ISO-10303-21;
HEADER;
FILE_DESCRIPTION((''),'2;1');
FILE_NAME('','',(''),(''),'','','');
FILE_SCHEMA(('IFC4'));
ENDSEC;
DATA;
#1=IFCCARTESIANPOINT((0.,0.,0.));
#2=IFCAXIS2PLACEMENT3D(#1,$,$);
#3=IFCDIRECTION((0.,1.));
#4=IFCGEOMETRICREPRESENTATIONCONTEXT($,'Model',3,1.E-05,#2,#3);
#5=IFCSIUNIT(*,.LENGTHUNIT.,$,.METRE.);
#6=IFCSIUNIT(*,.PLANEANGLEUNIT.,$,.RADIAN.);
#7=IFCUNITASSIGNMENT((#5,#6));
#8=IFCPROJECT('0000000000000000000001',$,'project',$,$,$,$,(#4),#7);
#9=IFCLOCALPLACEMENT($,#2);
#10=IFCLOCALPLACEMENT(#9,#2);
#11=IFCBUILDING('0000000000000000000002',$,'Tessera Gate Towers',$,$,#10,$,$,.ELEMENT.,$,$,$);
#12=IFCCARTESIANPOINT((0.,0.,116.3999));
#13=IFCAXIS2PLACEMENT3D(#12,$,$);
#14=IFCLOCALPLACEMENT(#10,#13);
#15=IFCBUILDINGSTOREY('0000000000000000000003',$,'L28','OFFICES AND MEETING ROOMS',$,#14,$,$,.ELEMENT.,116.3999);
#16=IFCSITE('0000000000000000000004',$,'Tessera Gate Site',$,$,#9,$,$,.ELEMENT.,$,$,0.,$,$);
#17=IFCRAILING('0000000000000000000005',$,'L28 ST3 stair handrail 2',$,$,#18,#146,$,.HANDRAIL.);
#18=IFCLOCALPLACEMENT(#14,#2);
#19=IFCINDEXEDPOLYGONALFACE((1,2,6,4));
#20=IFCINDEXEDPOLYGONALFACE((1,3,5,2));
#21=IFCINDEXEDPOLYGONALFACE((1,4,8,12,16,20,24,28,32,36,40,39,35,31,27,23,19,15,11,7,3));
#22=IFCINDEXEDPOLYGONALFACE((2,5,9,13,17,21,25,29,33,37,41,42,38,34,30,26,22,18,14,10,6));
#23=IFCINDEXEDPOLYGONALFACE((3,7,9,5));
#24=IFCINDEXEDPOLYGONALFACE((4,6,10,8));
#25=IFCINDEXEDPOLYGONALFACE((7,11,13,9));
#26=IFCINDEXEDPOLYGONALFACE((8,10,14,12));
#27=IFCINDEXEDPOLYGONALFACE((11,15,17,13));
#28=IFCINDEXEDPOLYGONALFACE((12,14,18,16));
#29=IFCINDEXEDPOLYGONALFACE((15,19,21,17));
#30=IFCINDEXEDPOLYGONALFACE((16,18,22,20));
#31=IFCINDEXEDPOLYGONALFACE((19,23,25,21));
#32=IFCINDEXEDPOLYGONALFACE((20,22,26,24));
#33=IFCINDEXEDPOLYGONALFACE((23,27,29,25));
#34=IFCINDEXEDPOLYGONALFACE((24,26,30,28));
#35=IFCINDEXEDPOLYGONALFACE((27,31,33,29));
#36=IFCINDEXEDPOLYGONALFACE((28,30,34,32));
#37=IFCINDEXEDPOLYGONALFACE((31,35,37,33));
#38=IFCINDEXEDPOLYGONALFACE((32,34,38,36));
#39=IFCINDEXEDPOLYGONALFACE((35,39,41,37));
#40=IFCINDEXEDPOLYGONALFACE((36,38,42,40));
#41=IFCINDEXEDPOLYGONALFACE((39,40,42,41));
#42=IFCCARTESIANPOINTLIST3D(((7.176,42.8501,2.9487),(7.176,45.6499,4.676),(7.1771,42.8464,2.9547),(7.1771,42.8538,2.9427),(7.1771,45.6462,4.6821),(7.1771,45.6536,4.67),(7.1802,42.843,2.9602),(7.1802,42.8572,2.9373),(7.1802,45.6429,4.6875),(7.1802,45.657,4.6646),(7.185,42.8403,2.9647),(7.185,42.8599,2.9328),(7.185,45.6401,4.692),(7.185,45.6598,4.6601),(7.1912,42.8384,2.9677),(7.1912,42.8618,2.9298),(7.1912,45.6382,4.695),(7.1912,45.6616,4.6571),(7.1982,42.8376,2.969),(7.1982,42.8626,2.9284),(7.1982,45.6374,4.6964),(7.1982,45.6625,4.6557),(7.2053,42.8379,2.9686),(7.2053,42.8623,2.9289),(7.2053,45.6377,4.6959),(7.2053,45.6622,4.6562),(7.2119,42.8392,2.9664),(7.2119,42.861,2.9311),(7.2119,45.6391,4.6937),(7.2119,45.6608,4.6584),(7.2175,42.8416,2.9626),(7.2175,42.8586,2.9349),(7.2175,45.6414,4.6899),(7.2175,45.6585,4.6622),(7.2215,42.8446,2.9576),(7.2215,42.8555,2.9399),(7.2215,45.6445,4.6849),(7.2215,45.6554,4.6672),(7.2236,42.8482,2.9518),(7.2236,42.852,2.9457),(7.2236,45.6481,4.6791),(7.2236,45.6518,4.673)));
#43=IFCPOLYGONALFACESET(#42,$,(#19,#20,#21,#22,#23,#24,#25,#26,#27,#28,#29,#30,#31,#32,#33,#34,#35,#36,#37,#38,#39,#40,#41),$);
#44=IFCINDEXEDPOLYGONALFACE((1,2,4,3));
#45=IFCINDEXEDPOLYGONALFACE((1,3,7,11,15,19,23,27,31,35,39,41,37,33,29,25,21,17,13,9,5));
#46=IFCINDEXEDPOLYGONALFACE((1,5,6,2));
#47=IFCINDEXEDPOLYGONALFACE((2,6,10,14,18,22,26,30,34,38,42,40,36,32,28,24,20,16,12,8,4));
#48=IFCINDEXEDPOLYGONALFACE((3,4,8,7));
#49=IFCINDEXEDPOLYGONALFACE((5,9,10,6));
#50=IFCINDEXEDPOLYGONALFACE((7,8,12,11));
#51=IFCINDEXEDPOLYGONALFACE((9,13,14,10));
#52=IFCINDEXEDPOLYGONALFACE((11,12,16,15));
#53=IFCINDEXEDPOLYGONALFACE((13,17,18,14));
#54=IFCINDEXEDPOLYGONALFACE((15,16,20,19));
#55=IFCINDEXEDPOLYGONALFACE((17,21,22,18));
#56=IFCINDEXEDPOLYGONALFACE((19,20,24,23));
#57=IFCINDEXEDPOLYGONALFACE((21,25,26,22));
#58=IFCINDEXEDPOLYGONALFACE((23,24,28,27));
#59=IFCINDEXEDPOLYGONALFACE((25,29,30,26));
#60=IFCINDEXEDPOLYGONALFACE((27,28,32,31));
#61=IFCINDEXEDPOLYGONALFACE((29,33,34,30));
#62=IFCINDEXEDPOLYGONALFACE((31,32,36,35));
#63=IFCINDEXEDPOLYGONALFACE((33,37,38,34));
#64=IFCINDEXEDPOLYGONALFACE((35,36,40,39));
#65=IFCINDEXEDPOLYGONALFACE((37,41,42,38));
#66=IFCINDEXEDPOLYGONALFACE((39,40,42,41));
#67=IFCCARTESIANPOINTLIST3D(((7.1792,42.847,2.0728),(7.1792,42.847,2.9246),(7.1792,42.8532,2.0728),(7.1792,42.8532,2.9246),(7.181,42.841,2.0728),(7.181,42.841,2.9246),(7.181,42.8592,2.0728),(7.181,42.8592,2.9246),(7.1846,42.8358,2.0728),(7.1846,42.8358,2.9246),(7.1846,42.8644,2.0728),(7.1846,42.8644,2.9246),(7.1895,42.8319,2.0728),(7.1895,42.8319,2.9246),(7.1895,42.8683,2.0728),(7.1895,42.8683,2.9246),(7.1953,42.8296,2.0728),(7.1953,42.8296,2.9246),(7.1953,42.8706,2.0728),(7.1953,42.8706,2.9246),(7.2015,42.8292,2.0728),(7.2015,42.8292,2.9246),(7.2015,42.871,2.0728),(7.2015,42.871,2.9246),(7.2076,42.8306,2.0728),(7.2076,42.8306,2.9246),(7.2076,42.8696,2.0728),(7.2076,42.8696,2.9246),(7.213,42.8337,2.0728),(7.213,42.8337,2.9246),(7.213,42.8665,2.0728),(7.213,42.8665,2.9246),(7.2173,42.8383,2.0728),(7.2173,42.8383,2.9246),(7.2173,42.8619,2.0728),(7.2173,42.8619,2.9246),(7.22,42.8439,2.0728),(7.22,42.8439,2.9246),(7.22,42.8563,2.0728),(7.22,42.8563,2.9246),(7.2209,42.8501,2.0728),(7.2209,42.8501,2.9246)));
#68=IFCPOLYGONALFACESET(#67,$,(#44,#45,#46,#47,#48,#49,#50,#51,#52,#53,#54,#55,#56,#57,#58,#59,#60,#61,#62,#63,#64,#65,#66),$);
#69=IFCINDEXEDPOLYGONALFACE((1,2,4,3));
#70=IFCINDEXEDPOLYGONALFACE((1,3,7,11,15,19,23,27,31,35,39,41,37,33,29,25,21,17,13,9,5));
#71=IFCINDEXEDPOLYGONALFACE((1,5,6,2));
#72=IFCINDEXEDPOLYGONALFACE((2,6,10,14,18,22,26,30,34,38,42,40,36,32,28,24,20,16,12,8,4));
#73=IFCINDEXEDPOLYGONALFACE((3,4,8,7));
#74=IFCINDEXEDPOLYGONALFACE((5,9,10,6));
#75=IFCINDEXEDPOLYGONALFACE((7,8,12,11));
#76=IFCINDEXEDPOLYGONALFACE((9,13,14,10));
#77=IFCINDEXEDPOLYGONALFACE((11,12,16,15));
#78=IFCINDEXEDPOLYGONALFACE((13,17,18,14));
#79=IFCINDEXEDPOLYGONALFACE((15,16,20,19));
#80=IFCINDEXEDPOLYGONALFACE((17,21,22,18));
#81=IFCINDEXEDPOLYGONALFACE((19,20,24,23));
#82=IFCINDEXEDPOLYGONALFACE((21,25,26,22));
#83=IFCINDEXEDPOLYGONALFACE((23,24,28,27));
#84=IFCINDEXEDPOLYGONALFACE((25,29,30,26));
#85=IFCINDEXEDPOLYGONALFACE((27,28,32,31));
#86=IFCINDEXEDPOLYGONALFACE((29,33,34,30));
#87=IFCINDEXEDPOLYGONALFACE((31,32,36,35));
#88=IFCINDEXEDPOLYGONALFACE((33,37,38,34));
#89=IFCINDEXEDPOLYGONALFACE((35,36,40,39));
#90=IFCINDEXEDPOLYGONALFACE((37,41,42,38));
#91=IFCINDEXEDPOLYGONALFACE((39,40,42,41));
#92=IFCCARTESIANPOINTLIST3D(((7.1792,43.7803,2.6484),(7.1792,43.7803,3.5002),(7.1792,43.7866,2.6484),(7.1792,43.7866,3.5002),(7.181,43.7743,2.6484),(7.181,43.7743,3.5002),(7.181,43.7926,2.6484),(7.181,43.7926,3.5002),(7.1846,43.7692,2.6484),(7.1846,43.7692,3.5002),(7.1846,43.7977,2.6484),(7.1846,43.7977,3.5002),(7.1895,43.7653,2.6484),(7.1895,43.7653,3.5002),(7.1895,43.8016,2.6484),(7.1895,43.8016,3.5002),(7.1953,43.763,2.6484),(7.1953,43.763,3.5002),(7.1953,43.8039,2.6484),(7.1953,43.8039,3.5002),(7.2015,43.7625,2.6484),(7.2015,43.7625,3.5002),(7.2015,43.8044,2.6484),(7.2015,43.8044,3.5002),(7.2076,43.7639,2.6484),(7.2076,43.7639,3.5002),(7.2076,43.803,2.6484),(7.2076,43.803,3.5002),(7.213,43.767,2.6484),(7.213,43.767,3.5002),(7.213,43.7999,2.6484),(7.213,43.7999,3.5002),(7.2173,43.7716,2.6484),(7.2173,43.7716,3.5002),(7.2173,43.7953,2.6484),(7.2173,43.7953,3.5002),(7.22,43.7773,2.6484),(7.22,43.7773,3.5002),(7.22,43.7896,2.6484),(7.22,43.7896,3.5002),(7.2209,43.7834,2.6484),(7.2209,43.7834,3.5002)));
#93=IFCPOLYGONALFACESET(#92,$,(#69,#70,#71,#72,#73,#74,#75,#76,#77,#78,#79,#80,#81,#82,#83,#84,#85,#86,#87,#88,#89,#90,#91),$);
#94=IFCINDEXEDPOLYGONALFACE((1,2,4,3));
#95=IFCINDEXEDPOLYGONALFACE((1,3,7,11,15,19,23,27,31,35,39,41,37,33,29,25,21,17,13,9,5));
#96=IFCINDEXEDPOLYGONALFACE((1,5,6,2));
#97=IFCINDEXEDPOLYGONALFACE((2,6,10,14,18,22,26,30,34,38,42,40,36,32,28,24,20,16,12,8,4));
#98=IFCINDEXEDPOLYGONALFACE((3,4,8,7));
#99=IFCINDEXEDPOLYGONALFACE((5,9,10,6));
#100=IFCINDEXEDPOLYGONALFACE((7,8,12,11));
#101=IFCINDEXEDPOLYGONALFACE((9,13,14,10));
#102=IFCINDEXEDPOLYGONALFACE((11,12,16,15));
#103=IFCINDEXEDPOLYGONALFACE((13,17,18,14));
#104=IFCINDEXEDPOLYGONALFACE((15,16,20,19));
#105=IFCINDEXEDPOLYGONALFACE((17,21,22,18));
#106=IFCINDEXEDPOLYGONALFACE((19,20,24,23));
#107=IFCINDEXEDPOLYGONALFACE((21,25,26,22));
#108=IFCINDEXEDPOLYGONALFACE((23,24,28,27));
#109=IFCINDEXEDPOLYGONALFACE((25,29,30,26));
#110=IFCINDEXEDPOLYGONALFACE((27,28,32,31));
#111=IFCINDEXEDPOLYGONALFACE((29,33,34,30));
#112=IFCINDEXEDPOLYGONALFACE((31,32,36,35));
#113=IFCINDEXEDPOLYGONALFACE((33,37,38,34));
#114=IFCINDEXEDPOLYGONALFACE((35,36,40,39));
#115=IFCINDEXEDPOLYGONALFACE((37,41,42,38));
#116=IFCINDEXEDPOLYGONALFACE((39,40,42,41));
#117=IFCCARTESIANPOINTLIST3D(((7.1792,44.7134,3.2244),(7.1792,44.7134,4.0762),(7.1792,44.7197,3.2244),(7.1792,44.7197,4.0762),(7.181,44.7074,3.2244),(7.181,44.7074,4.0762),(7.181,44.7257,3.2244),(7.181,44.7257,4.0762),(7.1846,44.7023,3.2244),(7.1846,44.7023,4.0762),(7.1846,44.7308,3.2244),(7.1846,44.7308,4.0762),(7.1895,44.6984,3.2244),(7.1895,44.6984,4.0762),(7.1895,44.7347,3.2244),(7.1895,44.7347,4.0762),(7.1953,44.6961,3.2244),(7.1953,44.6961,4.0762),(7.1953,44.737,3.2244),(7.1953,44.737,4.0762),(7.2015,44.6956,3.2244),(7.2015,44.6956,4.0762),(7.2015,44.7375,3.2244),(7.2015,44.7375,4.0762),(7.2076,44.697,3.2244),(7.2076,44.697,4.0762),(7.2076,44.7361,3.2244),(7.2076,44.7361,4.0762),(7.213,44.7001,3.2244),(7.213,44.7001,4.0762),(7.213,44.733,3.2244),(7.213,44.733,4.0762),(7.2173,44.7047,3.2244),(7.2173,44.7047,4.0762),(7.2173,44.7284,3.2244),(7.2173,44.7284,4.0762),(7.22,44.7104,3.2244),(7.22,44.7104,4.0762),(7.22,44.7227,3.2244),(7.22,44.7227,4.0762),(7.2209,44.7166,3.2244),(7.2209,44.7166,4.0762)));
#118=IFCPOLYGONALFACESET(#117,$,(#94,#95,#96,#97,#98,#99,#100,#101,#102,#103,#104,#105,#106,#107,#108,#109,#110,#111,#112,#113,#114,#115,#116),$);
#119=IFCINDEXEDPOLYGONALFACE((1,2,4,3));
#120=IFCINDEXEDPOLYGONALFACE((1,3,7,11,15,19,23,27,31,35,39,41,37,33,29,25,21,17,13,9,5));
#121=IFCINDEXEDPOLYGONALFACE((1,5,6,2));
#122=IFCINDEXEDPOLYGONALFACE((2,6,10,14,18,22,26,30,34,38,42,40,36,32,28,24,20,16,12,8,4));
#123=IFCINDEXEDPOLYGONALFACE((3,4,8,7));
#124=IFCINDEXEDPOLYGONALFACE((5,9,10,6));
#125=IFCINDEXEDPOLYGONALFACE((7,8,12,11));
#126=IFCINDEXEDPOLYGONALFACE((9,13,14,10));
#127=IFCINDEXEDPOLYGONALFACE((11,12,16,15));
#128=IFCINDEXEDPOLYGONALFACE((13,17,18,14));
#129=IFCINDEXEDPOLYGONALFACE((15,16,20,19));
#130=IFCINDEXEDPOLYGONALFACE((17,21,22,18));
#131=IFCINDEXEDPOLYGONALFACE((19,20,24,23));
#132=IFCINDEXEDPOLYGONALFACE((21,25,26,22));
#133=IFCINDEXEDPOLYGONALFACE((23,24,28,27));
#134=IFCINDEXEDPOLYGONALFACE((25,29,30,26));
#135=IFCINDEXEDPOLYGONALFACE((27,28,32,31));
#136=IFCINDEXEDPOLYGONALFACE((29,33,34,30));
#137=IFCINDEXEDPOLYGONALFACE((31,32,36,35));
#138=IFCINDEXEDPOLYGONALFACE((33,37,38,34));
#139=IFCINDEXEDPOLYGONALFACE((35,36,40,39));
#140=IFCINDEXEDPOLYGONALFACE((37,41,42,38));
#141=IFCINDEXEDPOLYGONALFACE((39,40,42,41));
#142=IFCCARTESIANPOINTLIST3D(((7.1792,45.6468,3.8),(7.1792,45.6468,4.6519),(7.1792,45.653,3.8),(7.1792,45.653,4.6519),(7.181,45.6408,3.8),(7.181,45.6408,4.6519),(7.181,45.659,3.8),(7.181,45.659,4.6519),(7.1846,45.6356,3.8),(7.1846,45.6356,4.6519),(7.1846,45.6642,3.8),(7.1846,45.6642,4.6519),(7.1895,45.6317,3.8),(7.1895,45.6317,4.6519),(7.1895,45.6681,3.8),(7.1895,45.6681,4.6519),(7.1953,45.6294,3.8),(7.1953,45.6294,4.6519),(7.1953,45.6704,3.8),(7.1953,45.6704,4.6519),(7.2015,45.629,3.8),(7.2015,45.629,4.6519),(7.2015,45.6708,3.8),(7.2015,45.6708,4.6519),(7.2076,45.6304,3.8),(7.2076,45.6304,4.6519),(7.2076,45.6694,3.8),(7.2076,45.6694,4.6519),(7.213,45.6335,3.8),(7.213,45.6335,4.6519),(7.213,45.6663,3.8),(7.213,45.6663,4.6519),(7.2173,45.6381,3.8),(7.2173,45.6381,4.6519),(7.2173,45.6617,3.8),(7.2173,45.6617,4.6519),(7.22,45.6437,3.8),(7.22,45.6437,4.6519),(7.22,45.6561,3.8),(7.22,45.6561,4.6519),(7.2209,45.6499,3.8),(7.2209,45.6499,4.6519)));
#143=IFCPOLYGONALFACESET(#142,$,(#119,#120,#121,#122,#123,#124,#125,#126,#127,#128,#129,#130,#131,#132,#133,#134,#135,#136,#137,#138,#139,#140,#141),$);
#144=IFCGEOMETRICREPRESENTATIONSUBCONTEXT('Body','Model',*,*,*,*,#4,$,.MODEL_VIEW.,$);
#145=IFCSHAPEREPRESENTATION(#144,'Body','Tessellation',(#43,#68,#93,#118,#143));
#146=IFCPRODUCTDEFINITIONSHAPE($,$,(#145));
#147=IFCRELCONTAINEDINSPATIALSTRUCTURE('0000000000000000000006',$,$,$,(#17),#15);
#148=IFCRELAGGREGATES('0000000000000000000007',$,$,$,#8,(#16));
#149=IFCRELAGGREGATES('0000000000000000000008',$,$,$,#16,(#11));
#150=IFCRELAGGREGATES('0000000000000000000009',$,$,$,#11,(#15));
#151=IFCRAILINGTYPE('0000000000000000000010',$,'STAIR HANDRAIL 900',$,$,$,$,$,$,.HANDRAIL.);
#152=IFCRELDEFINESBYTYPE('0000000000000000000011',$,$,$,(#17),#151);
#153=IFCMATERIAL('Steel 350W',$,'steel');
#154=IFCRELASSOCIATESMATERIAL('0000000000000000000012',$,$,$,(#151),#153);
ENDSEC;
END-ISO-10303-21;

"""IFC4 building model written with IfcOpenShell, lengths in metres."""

from ifc_helpers import new_model, si_unit, direction, frame, origin, origin_2d, place, context, subcontext, project, spatial, circle, extrude, material, type_object, element, save


model = new_model("IFC4")

# Units and contexts
model_context = context("Model", 3, precision=1e-05, world=origin(), true_north=direction((0.0, 1.0)))
body_context = subcontext(model_context, "Body", "Model", "MODEL_VIEW")
ifc_project = project(units=[si_unit("LENGTHUNIT", "METRE"), si_unit("PLANEANGLEUNIT", "RADIAN")], contexts=[model_context])

# Site, building, storey
site_placement = place(None, origin())
site = spatial("IfcSite", under=ifc_project, at=site_placement, Name="Tessera Gate Site", CompositionType="ELEMENT", RefElevation=0.0)
building_placement = place(site_placement, origin())
building = spatial("IfcBuilding", under=site, at=building_placement, Name="Tessera Gate Towers", CompositionType="ELEMENT")
storey_placement = place(building_placement, frame((0.0, 0.0, 116.3999)))
storey = spatial("IfcBuildingStorey", under=building, at=storey_placement, Name="L28", Description="OFFICES AND MEETING ROOMS", CompositionType="ELEMENT", Elevation=116.3999)

# Railing
ifc_material_1 = material(Name="Steel 350W", Category="steel")
railing_type_1 = type_object("IfcRailingType", Name="STAIR HANDRAIL 900", PredefinedType="HANDRAIL", material=ifc_material_1)
railing_1_placement = place(storey_placement, frame((7.2, 42.8501, 2.0728)))
element("IfcRailing", 1, at=railing_1_placement, inside=storey, type_object=railing_type_1, Name="L28 ST3 stair handrail 2", PredefinedType="HANDRAIL", context=body_context, shape_type="SweptSolid", body=[
    extrude(circle(Radius=0.0239, at=origin_2d()), frame((0.0, 0.0, 0.876), z_axis=(0.0, 0.851069, 0.525054), x_axis=(-1.0, 0.0, 0.0)), (0.0, 0.0, 1.0), 3.2898),
    extrude(circle(Radius=0.021, at=origin_2d()), origin(), (0.0, 0.0, 1.0), 0.8518),
    extrude(circle(Radius=0.021, at=origin_2d()), frame((0.0, 0.9333, 0.5757)), (0.0, 0.0, 1.0), 0.8518),
    extrude(circle(Radius=0.021, at=origin_2d()), frame((0.0, 1.8665, 1.1516)), (0.0, 0.0, 1.0), 0.8518),
    extrude(circle(Radius=0.021, at=origin_2d()), frame((0.0, 2.7998, 1.7273)), (0.0, 0.0, 1.0), 0.8518),
])

save(model, "model.ifc")
